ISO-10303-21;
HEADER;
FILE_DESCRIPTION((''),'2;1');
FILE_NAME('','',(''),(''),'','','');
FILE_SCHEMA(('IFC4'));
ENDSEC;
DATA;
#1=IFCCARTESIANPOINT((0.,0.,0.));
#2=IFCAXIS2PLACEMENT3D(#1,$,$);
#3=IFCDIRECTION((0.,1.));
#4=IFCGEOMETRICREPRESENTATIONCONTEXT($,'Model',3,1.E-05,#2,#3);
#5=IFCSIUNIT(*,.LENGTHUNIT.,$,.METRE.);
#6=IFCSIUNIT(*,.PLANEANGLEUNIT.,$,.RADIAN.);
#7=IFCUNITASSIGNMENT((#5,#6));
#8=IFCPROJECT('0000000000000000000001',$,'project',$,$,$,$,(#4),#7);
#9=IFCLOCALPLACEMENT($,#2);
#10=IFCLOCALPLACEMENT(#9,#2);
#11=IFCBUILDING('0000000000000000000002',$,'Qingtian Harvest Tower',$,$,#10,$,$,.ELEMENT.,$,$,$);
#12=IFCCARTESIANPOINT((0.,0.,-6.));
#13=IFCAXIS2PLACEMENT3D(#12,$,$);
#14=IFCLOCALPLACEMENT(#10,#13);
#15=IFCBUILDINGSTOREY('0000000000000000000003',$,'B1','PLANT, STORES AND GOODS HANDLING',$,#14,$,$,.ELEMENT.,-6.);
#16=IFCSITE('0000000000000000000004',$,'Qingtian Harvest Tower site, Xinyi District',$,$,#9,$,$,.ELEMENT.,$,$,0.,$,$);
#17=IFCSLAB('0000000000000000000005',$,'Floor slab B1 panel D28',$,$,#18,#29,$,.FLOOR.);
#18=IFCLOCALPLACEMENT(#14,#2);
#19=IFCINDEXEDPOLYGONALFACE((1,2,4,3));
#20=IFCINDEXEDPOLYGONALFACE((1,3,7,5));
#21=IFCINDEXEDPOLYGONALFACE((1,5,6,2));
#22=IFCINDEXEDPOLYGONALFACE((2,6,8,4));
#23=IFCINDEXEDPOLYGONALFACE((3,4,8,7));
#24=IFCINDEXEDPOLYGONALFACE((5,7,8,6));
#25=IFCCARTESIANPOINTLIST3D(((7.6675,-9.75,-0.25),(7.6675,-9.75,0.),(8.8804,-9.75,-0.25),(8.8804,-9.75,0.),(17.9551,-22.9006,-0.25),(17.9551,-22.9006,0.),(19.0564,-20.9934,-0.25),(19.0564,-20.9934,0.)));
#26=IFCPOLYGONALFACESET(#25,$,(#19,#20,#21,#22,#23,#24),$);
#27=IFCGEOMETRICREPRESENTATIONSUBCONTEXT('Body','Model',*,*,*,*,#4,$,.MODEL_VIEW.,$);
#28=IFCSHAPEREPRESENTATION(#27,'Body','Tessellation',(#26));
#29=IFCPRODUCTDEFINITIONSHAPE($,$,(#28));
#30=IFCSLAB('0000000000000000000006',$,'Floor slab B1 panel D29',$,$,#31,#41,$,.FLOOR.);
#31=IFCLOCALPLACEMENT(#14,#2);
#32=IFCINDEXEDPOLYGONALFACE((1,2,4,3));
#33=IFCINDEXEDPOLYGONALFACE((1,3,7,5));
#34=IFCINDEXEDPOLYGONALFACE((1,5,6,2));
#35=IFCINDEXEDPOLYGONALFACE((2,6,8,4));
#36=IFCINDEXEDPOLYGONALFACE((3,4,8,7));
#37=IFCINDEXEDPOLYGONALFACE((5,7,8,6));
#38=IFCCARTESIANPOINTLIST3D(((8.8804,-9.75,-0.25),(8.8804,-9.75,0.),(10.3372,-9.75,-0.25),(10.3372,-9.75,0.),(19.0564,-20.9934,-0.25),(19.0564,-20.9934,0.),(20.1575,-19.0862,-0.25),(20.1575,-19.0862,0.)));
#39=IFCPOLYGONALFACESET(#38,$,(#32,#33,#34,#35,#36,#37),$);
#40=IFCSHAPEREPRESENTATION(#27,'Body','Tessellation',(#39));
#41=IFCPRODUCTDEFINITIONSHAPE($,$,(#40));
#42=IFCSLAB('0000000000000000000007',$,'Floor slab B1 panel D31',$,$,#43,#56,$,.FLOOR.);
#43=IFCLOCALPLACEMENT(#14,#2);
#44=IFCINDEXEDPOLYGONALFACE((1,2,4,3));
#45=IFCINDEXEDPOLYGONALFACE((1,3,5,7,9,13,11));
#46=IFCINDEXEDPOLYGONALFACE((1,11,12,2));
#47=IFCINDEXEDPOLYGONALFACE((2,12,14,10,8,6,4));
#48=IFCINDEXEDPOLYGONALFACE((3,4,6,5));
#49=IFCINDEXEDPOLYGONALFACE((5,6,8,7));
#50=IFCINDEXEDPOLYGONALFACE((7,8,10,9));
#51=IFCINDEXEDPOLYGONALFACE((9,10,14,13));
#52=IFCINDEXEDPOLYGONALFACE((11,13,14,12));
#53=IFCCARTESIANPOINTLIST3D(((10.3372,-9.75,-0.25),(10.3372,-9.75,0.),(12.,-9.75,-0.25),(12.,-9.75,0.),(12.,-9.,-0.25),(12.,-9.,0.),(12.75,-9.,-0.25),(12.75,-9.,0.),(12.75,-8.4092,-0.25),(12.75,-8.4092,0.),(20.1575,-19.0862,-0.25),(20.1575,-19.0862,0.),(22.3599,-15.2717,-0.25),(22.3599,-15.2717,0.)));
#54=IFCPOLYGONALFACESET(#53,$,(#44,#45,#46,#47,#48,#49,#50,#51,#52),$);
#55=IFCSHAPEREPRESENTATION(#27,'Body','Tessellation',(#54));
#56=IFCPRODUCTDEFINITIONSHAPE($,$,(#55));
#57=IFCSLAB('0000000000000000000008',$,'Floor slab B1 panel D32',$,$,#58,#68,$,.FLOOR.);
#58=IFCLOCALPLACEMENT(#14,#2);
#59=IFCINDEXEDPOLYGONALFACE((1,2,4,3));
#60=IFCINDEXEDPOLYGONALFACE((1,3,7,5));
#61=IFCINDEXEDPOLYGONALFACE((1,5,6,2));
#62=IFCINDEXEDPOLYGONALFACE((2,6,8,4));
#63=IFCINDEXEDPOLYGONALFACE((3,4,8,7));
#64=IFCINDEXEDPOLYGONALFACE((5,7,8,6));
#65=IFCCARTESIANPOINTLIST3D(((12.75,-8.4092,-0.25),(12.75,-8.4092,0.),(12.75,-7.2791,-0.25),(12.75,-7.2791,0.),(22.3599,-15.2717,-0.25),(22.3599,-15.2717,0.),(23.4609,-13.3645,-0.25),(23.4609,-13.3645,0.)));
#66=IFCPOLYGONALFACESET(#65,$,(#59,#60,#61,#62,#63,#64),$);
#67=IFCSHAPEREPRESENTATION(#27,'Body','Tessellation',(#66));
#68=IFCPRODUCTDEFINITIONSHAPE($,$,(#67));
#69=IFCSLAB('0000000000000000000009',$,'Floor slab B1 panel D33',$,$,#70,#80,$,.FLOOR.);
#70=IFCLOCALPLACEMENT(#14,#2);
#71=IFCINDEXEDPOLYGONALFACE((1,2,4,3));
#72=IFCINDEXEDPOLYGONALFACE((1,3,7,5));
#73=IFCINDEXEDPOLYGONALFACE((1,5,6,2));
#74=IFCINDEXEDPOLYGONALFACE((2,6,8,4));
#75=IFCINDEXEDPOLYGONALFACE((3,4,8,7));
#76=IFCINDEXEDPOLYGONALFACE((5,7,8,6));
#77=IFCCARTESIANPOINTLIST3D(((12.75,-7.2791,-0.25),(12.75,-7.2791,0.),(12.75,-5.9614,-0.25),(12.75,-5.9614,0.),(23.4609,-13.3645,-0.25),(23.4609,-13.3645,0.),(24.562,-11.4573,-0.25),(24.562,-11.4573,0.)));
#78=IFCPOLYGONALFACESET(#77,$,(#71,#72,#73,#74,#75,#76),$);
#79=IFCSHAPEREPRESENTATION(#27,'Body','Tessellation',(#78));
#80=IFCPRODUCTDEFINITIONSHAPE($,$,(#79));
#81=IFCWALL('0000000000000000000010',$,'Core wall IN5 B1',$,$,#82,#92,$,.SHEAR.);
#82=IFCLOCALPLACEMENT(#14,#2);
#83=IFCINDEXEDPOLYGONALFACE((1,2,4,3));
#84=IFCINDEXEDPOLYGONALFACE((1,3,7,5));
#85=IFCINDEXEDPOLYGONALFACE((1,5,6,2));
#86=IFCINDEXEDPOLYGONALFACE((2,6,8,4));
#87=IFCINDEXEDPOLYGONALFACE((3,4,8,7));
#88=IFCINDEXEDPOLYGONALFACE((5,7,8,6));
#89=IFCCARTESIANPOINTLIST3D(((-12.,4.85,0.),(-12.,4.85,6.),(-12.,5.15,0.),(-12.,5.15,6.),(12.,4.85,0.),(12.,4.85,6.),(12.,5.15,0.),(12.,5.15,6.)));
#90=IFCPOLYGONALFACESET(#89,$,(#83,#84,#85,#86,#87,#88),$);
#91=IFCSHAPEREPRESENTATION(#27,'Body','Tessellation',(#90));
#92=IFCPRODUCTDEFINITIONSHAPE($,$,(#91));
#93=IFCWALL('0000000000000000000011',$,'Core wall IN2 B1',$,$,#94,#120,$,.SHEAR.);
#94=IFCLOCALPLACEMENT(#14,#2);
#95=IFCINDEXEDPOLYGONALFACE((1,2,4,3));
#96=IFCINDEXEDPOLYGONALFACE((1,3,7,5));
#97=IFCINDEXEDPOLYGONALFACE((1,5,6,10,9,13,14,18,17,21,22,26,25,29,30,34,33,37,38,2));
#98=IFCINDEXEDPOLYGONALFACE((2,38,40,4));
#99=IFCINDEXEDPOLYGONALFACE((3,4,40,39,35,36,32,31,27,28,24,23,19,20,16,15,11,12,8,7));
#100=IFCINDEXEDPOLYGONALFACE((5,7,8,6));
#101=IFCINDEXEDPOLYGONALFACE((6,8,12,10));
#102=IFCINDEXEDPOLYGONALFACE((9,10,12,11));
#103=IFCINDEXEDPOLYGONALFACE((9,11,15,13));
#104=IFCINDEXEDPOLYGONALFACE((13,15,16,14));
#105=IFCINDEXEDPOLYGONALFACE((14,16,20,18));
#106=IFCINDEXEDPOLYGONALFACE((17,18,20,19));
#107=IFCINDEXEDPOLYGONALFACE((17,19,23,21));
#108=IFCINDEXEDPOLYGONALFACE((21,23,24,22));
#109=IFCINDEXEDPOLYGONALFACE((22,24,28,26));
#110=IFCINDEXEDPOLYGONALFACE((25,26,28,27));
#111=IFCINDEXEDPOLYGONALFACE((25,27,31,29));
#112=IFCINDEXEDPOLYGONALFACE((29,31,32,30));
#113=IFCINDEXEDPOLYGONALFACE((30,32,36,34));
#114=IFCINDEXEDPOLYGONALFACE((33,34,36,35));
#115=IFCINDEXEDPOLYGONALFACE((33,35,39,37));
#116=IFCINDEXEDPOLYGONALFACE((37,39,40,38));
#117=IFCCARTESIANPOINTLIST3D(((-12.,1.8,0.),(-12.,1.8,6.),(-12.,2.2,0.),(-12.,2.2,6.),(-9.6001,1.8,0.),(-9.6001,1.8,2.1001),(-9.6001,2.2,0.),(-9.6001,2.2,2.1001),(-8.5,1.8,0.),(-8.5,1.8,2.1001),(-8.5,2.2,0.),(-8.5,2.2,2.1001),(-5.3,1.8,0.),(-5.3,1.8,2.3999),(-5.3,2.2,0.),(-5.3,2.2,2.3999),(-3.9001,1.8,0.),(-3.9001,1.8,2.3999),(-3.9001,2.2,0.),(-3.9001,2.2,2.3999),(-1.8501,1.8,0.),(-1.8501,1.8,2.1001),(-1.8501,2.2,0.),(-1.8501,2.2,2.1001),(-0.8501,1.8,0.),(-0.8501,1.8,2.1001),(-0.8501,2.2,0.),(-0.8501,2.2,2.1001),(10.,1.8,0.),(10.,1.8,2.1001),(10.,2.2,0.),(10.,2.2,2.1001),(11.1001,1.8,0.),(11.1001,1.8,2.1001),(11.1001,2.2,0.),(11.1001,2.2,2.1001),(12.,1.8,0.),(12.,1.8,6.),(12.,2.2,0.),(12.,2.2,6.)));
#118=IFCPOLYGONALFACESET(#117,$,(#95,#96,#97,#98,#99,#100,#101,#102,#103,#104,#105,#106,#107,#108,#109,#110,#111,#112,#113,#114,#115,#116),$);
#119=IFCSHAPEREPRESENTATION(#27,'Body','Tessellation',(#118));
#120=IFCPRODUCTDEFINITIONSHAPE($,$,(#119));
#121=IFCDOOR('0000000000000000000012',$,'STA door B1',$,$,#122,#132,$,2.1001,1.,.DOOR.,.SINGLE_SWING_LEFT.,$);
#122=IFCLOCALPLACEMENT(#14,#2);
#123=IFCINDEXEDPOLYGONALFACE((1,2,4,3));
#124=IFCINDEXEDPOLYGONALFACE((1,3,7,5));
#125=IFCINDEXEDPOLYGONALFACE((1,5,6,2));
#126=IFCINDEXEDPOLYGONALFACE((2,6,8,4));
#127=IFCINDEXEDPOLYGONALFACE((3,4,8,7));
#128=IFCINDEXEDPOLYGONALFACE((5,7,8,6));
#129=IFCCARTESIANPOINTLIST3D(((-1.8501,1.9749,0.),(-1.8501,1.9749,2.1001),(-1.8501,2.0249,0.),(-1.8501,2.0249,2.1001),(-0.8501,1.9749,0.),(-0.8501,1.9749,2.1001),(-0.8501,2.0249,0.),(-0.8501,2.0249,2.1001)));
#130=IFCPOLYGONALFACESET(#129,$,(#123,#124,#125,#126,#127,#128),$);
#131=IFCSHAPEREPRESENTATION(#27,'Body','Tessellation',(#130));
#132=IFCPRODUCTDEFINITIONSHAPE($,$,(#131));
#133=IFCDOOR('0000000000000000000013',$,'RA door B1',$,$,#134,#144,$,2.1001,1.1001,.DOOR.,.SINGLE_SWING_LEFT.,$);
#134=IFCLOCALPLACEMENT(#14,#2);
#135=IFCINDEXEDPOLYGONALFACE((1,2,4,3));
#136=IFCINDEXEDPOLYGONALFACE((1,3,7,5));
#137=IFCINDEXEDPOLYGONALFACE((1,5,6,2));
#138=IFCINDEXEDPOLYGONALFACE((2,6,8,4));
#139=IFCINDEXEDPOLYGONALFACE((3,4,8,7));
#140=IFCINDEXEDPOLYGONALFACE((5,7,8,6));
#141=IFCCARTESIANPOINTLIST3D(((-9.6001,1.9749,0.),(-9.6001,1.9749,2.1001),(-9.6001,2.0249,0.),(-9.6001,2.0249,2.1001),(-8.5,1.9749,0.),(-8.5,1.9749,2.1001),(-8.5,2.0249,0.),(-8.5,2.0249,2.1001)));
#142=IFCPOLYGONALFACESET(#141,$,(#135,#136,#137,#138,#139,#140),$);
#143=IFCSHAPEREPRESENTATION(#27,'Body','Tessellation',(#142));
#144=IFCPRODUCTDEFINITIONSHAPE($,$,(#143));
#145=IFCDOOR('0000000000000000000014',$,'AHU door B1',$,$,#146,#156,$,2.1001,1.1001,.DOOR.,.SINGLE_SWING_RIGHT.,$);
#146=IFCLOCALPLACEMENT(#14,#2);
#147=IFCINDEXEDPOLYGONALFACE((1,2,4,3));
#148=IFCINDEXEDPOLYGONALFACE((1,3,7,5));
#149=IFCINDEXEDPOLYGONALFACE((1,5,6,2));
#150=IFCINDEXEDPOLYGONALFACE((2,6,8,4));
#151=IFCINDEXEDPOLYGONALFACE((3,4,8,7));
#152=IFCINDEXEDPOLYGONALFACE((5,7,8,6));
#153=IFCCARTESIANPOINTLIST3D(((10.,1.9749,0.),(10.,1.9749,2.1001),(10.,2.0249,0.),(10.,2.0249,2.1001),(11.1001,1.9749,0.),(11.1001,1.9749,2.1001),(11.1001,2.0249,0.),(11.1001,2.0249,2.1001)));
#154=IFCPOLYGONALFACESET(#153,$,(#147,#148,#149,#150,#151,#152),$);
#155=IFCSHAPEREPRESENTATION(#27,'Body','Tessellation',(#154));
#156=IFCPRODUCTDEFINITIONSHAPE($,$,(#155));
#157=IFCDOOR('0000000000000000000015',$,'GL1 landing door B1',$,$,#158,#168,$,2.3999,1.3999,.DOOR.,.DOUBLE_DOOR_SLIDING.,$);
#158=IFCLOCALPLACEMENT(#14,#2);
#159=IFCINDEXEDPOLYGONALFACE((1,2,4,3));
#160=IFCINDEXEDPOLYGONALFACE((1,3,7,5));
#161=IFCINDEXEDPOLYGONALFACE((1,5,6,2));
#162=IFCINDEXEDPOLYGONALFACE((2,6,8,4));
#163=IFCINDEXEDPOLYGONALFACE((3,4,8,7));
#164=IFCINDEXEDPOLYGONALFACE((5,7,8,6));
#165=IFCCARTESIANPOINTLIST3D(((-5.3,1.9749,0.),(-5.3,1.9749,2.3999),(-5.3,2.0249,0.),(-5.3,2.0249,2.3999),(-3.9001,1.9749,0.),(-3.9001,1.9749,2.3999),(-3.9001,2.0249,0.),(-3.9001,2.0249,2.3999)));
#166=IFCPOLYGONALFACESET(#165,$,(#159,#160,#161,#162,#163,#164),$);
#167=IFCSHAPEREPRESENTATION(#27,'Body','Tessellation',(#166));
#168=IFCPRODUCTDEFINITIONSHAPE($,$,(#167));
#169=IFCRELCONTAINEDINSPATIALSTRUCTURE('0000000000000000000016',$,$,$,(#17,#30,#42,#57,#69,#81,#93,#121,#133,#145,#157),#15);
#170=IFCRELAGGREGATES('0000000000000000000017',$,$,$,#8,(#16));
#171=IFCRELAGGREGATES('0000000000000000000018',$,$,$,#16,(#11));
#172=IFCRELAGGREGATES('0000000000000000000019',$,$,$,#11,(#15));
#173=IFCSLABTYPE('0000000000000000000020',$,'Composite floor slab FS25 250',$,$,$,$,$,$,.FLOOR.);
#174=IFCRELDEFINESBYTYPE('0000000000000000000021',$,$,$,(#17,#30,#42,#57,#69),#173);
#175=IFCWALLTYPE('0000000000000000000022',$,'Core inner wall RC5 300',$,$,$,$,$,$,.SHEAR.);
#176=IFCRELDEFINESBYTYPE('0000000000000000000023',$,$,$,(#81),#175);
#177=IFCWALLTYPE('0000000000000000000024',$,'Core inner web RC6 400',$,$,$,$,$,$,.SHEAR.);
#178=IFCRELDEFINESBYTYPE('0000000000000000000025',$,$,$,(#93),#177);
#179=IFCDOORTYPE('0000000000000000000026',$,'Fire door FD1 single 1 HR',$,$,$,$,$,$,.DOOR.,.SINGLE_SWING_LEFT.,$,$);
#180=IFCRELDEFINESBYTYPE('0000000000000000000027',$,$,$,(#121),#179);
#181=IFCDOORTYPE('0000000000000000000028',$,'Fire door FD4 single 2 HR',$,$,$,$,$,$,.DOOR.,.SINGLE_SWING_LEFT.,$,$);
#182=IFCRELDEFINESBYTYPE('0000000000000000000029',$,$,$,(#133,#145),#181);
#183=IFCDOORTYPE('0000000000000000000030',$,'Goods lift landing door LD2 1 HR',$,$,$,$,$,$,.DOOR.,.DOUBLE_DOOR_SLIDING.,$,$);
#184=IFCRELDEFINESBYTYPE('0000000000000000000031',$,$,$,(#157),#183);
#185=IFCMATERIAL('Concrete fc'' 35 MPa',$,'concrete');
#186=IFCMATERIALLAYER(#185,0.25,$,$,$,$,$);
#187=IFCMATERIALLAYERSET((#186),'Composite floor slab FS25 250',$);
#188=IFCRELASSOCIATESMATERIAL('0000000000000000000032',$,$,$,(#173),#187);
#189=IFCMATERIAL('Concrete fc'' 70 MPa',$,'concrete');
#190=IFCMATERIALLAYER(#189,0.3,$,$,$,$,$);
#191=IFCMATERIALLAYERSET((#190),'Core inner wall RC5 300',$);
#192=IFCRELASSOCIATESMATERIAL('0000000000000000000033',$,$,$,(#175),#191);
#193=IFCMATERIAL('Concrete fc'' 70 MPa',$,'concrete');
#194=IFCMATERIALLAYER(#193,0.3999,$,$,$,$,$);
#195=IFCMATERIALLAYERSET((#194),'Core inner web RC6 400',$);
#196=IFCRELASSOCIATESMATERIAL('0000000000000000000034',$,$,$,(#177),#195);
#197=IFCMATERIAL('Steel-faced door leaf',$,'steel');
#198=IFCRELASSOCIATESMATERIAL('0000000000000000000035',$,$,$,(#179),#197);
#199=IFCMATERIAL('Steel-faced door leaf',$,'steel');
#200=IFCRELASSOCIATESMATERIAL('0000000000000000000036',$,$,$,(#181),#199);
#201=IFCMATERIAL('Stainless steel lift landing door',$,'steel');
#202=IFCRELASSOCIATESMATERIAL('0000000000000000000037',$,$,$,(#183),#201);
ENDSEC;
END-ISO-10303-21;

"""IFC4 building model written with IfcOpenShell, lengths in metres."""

from ifc_helpers import new_model, si_unit, direction, frame, frame_2d, origin, place, context, subcontext, project, spatial, polyline, rectangle, outline, extrude, material, layer, layer_set, type_object, element, fill, save


model = new_model("IFC4")

# Units and contexts
model_context = context("Model", 3, precision=1e-05, world=origin(), true_north=direction((0.0, 1.0)))
body_context = subcontext(model_context, "Body", "Model", "MODEL_VIEW")
ifc_project = project(units=[si_unit("LENGTHUNIT", "METRE"), si_unit("PLANEANGLEUNIT", "RADIAN")], contexts=[model_context])

# Site, building, storey
site_placement = place(None, origin())
site = spatial("IfcSite", under=ifc_project, at=site_placement, Name="Qingtian Harvest Tower site, Xinyi District", CompositionType="ELEMENT", RefElevation=0.0)
building_placement = place(site_placement, origin())
building = spatial("IfcBuilding", under=site, at=building_placement, Name="Qingtian Harvest Tower", CompositionType="ELEMENT")
storey_placement = place(building_placement, frame((0.0, 0.0, -6.0)))
storey = spatial("IfcBuildingStorey", under=building, at=storey_placement, Name="B1", Description="PLANT, STORES AND GOODS HANDLING", CompositionType="ELEMENT", Elevation=-6.0)

# Slabs
ifc_material_1 = material(Name="Concrete fc' 35 MPa", Category="concrete")
ifc_layer_1 = layer(ifc_material_1, 0.25)
ifc_layer_set_1 = layer_set([ifc_layer_1], Name="Composite floor slab FS25 250")
slab_type = type_object("IfcSlabType", Name="Composite floor slab FS25 250", PredefinedType="FLOOR", material=ifc_layer_set_1)
slab_1_placement = place(storey_placement, frame((0.0, 0.0, -0.25)))
element("IfcSlab", 1, at=slab_1_placement, inside=storey, type_object=slab_type, Name="Floor slab B1 panel D28", PredefinedType="FLOOR", context=body_context, shape_type="SweptSolid", body=[
    extrude(outline(polyline([(8.8804, -9.75), (19.0564, -20.9934), (17.9551, -22.9006), (7.6675, -9.75), (8.8804, -9.75)])), origin(), (0.0, 0.0, 1.0), 0.25),
])
slab_2_placement = place(storey_placement, frame((0.0, 0.0, -0.25)))
element("IfcSlab", 2, at=slab_2_placement, inside=storey, type_object=slab_type, Name="Floor slab B1 panel D29", PredefinedType="FLOOR", context=body_context, shape_type="SweptSolid", body=[
    extrude(outline(polyline([(10.3372, -9.75), (20.1575, -19.0862), (19.0564, -20.9934), (8.8804, -9.75), (10.3372, -9.75)])), origin(), (0.0, 0.0, 1.0), 0.25),
])
slab_3_placement = place(storey_placement, frame((0.0, 0.0, -0.25)))
element("IfcSlab", 3, at=slab_3_placement, inside=storey, type_object=slab_type, Name="Floor slab B1 panel D31", PredefinedType="FLOOR", context=body_context, shape_type="SweptSolid", body=[
    extrude(outline(polyline([(12.75, -8.4092), (22.3599, -15.2717), (20.1575, -19.0862), (10.3372, -9.75), (12.0, -9.75), (12.0, -9.0), (12.75, -9.0), (12.75, -8.4092)])), origin(), (0.0, 0.0, 1.0), 0.25),
])
slab_4_placement = place(storey_placement, frame((0.0, 0.0, -0.25)))
element("IfcSlab", 4, at=slab_4_placement, inside=storey, type_object=slab_type, Name="Floor slab B1 panel D32", PredefinedType="FLOOR", context=body_context, shape_type="SweptSolid", body=[
    extrude(outline(polyline([(12.75, -7.2791), (23.4609, -13.3645), (22.3599, -15.2717), (12.75, -8.4092), (12.75, -7.2791)])), origin(), (0.0, 0.0, 1.0), 0.25),
])
slab_5_placement = place(storey_placement, frame((0.0, 0.0, -0.25)))
element("IfcSlab", 5, at=slab_5_placement, inside=storey, type_object=slab_type, Name="Floor slab B1 panel D33", PredefinedType="FLOOR", context=body_context, shape_type="SweptSolid", body=[
    extrude(outline(polyline([(12.75, -5.9614), (24.562, -11.4573), (23.4609, -13.3645), (12.75, -7.2791), (12.75, -5.9614)])), origin(), (0.0, 0.0, 1.0), 0.25),
])

# Wall
ifc_material_2 = material(Name="Concrete fc' 70 MPa", Category="concrete")
ifc_layer_2 = layer(ifc_material_2, 0.3)
ifc_layer_set_2 = layer_set([ifc_layer_2], Name="Core inner wall RC5 300")
wall_type_1 = type_object("IfcWallType", Name="Core inner wall RC5 300", PredefinedType="SHEAR", material=ifc_layer_set_2)
wall_1_placement = place(storey_placement, frame((-12.0, 5.0, 0.0), z_axis=(0.0, 0.0, 1.0), x_axis=(1.0, 0.0, 0.0)))
element("IfcWall", 6, at=wall_1_placement, inside=storey, type_object=wall_type_1, Name="Core wall IN5 B1", PredefinedType="SHEAR", context=body_context, shape_type="SweptSolid", body=[
    extrude(rectangle(XDim=24.0, YDim=0.3, at=frame_2d((12.0, 0.0))), origin(), (0.0, 0.0, 1.0), 6.0),
])

# Wall, openings, doors
ifc_material_3 = material(Name="Concrete fc' 70 MPa", Category="concrete")
ifc_layer_3 = layer(ifc_material_3, 0.3999)
ifc_layer_set_3 = layer_set([ifc_layer_3], Name="Core inner web RC6 400")
wall_type_2 = type_object("IfcWallType", Name="Core inner web RC6 400", PredefinedType="SHEAR", material=ifc_layer_set_3)
wall_2_placement = place(storey_placement, frame((-12.0, 2.0, 0.0), z_axis=(0.0, 0.0, 1.0), x_axis=(1.0, 0.0, 0.0)))
wall_2 = element("IfcWall", 7, at=wall_2_placement, inside=storey, type_object=wall_type_2, Name="Core wall IN2 B1", PredefinedType="SHEAR", context=body_context, shape_type="SweptSolid", body=[
    extrude(rectangle(XDim=24.0, YDim=0.3999, at=frame_2d((12.0, 0.0))), origin(), (0.0, 0.0, 1.0), 6.0),
])
opening_1_placement = place(wall_2_placement, frame((2.3999, 0.0, 0.0)))
opening_1 = element("IfcOpeningElement", 8, at=opening_1_placement, cuts=wall_2, PredefinedType="OPENING", context=body_context, shape_type="SweptSolid", body=[
    extrude(rectangle(XDim=1.1001, YDim=2.1001, at=frame_2d((0.55, 1.05))), frame((0.0, 0.21, 0.0), z_axis=(0.0, -1.0, 0.0), x_axis=(1.0, 0.0, 0.0)), (0.0, 0.0, 1.0), 0.4199),
])
opening_2_placement = place(wall_2_placement, frame((22.0, 0.0, 0.0)))
opening_2 = element("IfcOpeningElement", 9, at=opening_2_placement, cuts=wall_2, PredefinedType="OPENING", context=body_context, shape_type="SweptSolid", body=[
    extrude(rectangle(XDim=1.1001, YDim=2.1001, at=frame_2d((0.55, 1.05))), frame((0.0, 0.21, 0.0), z_axis=(0.0, -1.0, 0.0), x_axis=(1.0, 0.0, 0.0)), (0.0, 0.0, 1.0), 0.4199),
])
opening_3_placement = place(wall_2_placement, frame((10.1499, 0.0, 0.0)))
opening_3 = element("IfcOpeningElement", 10, at=opening_3_placement, cuts=wall_2, PredefinedType="OPENING", context=body_context, shape_type="SweptSolid", body=[
    extrude(rectangle(XDim=1.0, YDim=2.1001, at=frame_2d((0.5, 1.05))), frame((0.0, 0.21, 0.0), z_axis=(0.0, -1.0, 0.0), x_axis=(1.0, 0.0, 0.0)), (0.0, 0.0, 1.0), 0.4199),
])
opening_4_placement = place(wall_2_placement, frame((6.7, 0.0, 0.0)))
opening_4 = element("IfcOpeningElement", 11, at=opening_4_placement, cuts=wall_2, PredefinedType="OPENING", context=body_context, shape_type="SweptSolid", body=[
    extrude(rectangle(XDim=1.3999, YDim=2.3999, at=frame_2d((0.7, 1.2))), frame((0.0, 0.21, 0.0), z_axis=(0.0, -1.0, 0.0), x_axis=(1.0, 0.0, 0.0)), (0.0, 0.0, 1.0), 0.4199),
])
ifc_material_4 = material(Name="Steel-faced door leaf", Category="steel")
door_type_1 = type_object("IfcDoorType", Name="Fire door FD1 single 1 HR", OperationType="SINGLE_SWING_LEFT", PredefinedType="DOOR", material=ifc_material_4)
door_1_placement = place(opening_3_placement, origin())
door_1 = element("IfcDoor", 12, at=door_1_placement, inside=storey, type_object=door_type_1, Name="STA door B1", OperationType="SINGLE_SWING_LEFT", OverallHeight=2.1001, OverallWidth=1.0, PredefinedType="DOOR", context=body_context, shape_type="SweptSolid", body=[
    extrude(rectangle(XDim=1.0, YDim=2.1001, at=frame_2d((0.5, 1.05))), frame((0.0, 0.0249, 0.0), z_axis=(0.0, -1.0, 0.0), x_axis=(1.0, 0.0, 0.0)), (0.0, 0.0, 1.0), 0.05),
])
fill(opening_3, door_1)
ifc_material_5 = material(Name="Steel-faced door leaf", Category="steel")
door_type_2 = type_object("IfcDoorType", Name="Fire door FD4 single 2 HR", OperationType="SINGLE_SWING_LEFT", PredefinedType="DOOR", material=ifc_material_5)
door_2_placement = place(opening_1_placement, origin())
door_2 = element("IfcDoor", 13, at=door_2_placement, inside=storey, type_object=door_type_2, Name="RA door B1", OperationType="SINGLE_SWING_LEFT", OverallHeight=2.1001, OverallWidth=1.1001, PredefinedType="DOOR", context=body_context, shape_type="SweptSolid", body=[
    extrude(rectangle(XDim=1.1001, YDim=2.1001, at=frame_2d((0.55, 1.05))), frame((0.0, 0.0249, 0.0), z_axis=(0.0, -1.0, 0.0), x_axis=(1.0, 0.0, 0.0)), (0.0, 0.0, 1.0), 0.05),
])
fill(opening_1, door_2)
door_3_placement = place(opening_2_placement, origin())
door_3 = element("IfcDoor", 14, at=door_3_placement, inside=storey, type_object=door_type_2, Name="AHU door B1", OperationType="SINGLE_SWING_RIGHT", OverallHeight=2.1001, OverallWidth=1.1001, PredefinedType="DOOR", context=body_context, shape_type="SweptSolid", body=[
    extrude(rectangle(XDim=1.1001, YDim=2.1001, at=frame_2d((0.55, 1.05))), frame((0.0, 0.0249, 0.0), z_axis=(0.0, -1.0, 0.0), x_axis=(1.0, 0.0, 0.0)), (0.0, 0.0, 1.0), 0.05),
])
fill(opening_2, door_3)
ifc_material_6 = material(Name="Stainless steel lift landing door", Category="steel")
door_type_3 = type_object("IfcDoorType", Name="Goods lift landing door LD2 1 HR", OperationType="DOUBLE_DOOR_SLIDING", PredefinedType="DOOR", material=ifc_material_6)
door_4_placement = place(opening_4_placement, origin())
door_4 = element("IfcDoor", 15, at=door_4_placement, inside=storey, type_object=door_type_3, Name="GL1 landing door B1", OperationType="DOUBLE_DOOR_SLIDING", OverallHeight=2.3999, OverallWidth=1.3999, PredefinedType="DOOR", context=body_context, shape_type="SweptSolid", body=[
    extrude(rectangle(XDim=1.3999, YDim=2.3999, at=frame_2d((0.7, 1.2))), frame((0.0, 0.0249, 0.0), z_axis=(0.0, -1.0, 0.0), x_axis=(1.0, 0.0, 0.0)), (0.0, 0.0, 1.0), 0.05),
])
fill(opening_4, door_4)

save(model, "model.ifc")
